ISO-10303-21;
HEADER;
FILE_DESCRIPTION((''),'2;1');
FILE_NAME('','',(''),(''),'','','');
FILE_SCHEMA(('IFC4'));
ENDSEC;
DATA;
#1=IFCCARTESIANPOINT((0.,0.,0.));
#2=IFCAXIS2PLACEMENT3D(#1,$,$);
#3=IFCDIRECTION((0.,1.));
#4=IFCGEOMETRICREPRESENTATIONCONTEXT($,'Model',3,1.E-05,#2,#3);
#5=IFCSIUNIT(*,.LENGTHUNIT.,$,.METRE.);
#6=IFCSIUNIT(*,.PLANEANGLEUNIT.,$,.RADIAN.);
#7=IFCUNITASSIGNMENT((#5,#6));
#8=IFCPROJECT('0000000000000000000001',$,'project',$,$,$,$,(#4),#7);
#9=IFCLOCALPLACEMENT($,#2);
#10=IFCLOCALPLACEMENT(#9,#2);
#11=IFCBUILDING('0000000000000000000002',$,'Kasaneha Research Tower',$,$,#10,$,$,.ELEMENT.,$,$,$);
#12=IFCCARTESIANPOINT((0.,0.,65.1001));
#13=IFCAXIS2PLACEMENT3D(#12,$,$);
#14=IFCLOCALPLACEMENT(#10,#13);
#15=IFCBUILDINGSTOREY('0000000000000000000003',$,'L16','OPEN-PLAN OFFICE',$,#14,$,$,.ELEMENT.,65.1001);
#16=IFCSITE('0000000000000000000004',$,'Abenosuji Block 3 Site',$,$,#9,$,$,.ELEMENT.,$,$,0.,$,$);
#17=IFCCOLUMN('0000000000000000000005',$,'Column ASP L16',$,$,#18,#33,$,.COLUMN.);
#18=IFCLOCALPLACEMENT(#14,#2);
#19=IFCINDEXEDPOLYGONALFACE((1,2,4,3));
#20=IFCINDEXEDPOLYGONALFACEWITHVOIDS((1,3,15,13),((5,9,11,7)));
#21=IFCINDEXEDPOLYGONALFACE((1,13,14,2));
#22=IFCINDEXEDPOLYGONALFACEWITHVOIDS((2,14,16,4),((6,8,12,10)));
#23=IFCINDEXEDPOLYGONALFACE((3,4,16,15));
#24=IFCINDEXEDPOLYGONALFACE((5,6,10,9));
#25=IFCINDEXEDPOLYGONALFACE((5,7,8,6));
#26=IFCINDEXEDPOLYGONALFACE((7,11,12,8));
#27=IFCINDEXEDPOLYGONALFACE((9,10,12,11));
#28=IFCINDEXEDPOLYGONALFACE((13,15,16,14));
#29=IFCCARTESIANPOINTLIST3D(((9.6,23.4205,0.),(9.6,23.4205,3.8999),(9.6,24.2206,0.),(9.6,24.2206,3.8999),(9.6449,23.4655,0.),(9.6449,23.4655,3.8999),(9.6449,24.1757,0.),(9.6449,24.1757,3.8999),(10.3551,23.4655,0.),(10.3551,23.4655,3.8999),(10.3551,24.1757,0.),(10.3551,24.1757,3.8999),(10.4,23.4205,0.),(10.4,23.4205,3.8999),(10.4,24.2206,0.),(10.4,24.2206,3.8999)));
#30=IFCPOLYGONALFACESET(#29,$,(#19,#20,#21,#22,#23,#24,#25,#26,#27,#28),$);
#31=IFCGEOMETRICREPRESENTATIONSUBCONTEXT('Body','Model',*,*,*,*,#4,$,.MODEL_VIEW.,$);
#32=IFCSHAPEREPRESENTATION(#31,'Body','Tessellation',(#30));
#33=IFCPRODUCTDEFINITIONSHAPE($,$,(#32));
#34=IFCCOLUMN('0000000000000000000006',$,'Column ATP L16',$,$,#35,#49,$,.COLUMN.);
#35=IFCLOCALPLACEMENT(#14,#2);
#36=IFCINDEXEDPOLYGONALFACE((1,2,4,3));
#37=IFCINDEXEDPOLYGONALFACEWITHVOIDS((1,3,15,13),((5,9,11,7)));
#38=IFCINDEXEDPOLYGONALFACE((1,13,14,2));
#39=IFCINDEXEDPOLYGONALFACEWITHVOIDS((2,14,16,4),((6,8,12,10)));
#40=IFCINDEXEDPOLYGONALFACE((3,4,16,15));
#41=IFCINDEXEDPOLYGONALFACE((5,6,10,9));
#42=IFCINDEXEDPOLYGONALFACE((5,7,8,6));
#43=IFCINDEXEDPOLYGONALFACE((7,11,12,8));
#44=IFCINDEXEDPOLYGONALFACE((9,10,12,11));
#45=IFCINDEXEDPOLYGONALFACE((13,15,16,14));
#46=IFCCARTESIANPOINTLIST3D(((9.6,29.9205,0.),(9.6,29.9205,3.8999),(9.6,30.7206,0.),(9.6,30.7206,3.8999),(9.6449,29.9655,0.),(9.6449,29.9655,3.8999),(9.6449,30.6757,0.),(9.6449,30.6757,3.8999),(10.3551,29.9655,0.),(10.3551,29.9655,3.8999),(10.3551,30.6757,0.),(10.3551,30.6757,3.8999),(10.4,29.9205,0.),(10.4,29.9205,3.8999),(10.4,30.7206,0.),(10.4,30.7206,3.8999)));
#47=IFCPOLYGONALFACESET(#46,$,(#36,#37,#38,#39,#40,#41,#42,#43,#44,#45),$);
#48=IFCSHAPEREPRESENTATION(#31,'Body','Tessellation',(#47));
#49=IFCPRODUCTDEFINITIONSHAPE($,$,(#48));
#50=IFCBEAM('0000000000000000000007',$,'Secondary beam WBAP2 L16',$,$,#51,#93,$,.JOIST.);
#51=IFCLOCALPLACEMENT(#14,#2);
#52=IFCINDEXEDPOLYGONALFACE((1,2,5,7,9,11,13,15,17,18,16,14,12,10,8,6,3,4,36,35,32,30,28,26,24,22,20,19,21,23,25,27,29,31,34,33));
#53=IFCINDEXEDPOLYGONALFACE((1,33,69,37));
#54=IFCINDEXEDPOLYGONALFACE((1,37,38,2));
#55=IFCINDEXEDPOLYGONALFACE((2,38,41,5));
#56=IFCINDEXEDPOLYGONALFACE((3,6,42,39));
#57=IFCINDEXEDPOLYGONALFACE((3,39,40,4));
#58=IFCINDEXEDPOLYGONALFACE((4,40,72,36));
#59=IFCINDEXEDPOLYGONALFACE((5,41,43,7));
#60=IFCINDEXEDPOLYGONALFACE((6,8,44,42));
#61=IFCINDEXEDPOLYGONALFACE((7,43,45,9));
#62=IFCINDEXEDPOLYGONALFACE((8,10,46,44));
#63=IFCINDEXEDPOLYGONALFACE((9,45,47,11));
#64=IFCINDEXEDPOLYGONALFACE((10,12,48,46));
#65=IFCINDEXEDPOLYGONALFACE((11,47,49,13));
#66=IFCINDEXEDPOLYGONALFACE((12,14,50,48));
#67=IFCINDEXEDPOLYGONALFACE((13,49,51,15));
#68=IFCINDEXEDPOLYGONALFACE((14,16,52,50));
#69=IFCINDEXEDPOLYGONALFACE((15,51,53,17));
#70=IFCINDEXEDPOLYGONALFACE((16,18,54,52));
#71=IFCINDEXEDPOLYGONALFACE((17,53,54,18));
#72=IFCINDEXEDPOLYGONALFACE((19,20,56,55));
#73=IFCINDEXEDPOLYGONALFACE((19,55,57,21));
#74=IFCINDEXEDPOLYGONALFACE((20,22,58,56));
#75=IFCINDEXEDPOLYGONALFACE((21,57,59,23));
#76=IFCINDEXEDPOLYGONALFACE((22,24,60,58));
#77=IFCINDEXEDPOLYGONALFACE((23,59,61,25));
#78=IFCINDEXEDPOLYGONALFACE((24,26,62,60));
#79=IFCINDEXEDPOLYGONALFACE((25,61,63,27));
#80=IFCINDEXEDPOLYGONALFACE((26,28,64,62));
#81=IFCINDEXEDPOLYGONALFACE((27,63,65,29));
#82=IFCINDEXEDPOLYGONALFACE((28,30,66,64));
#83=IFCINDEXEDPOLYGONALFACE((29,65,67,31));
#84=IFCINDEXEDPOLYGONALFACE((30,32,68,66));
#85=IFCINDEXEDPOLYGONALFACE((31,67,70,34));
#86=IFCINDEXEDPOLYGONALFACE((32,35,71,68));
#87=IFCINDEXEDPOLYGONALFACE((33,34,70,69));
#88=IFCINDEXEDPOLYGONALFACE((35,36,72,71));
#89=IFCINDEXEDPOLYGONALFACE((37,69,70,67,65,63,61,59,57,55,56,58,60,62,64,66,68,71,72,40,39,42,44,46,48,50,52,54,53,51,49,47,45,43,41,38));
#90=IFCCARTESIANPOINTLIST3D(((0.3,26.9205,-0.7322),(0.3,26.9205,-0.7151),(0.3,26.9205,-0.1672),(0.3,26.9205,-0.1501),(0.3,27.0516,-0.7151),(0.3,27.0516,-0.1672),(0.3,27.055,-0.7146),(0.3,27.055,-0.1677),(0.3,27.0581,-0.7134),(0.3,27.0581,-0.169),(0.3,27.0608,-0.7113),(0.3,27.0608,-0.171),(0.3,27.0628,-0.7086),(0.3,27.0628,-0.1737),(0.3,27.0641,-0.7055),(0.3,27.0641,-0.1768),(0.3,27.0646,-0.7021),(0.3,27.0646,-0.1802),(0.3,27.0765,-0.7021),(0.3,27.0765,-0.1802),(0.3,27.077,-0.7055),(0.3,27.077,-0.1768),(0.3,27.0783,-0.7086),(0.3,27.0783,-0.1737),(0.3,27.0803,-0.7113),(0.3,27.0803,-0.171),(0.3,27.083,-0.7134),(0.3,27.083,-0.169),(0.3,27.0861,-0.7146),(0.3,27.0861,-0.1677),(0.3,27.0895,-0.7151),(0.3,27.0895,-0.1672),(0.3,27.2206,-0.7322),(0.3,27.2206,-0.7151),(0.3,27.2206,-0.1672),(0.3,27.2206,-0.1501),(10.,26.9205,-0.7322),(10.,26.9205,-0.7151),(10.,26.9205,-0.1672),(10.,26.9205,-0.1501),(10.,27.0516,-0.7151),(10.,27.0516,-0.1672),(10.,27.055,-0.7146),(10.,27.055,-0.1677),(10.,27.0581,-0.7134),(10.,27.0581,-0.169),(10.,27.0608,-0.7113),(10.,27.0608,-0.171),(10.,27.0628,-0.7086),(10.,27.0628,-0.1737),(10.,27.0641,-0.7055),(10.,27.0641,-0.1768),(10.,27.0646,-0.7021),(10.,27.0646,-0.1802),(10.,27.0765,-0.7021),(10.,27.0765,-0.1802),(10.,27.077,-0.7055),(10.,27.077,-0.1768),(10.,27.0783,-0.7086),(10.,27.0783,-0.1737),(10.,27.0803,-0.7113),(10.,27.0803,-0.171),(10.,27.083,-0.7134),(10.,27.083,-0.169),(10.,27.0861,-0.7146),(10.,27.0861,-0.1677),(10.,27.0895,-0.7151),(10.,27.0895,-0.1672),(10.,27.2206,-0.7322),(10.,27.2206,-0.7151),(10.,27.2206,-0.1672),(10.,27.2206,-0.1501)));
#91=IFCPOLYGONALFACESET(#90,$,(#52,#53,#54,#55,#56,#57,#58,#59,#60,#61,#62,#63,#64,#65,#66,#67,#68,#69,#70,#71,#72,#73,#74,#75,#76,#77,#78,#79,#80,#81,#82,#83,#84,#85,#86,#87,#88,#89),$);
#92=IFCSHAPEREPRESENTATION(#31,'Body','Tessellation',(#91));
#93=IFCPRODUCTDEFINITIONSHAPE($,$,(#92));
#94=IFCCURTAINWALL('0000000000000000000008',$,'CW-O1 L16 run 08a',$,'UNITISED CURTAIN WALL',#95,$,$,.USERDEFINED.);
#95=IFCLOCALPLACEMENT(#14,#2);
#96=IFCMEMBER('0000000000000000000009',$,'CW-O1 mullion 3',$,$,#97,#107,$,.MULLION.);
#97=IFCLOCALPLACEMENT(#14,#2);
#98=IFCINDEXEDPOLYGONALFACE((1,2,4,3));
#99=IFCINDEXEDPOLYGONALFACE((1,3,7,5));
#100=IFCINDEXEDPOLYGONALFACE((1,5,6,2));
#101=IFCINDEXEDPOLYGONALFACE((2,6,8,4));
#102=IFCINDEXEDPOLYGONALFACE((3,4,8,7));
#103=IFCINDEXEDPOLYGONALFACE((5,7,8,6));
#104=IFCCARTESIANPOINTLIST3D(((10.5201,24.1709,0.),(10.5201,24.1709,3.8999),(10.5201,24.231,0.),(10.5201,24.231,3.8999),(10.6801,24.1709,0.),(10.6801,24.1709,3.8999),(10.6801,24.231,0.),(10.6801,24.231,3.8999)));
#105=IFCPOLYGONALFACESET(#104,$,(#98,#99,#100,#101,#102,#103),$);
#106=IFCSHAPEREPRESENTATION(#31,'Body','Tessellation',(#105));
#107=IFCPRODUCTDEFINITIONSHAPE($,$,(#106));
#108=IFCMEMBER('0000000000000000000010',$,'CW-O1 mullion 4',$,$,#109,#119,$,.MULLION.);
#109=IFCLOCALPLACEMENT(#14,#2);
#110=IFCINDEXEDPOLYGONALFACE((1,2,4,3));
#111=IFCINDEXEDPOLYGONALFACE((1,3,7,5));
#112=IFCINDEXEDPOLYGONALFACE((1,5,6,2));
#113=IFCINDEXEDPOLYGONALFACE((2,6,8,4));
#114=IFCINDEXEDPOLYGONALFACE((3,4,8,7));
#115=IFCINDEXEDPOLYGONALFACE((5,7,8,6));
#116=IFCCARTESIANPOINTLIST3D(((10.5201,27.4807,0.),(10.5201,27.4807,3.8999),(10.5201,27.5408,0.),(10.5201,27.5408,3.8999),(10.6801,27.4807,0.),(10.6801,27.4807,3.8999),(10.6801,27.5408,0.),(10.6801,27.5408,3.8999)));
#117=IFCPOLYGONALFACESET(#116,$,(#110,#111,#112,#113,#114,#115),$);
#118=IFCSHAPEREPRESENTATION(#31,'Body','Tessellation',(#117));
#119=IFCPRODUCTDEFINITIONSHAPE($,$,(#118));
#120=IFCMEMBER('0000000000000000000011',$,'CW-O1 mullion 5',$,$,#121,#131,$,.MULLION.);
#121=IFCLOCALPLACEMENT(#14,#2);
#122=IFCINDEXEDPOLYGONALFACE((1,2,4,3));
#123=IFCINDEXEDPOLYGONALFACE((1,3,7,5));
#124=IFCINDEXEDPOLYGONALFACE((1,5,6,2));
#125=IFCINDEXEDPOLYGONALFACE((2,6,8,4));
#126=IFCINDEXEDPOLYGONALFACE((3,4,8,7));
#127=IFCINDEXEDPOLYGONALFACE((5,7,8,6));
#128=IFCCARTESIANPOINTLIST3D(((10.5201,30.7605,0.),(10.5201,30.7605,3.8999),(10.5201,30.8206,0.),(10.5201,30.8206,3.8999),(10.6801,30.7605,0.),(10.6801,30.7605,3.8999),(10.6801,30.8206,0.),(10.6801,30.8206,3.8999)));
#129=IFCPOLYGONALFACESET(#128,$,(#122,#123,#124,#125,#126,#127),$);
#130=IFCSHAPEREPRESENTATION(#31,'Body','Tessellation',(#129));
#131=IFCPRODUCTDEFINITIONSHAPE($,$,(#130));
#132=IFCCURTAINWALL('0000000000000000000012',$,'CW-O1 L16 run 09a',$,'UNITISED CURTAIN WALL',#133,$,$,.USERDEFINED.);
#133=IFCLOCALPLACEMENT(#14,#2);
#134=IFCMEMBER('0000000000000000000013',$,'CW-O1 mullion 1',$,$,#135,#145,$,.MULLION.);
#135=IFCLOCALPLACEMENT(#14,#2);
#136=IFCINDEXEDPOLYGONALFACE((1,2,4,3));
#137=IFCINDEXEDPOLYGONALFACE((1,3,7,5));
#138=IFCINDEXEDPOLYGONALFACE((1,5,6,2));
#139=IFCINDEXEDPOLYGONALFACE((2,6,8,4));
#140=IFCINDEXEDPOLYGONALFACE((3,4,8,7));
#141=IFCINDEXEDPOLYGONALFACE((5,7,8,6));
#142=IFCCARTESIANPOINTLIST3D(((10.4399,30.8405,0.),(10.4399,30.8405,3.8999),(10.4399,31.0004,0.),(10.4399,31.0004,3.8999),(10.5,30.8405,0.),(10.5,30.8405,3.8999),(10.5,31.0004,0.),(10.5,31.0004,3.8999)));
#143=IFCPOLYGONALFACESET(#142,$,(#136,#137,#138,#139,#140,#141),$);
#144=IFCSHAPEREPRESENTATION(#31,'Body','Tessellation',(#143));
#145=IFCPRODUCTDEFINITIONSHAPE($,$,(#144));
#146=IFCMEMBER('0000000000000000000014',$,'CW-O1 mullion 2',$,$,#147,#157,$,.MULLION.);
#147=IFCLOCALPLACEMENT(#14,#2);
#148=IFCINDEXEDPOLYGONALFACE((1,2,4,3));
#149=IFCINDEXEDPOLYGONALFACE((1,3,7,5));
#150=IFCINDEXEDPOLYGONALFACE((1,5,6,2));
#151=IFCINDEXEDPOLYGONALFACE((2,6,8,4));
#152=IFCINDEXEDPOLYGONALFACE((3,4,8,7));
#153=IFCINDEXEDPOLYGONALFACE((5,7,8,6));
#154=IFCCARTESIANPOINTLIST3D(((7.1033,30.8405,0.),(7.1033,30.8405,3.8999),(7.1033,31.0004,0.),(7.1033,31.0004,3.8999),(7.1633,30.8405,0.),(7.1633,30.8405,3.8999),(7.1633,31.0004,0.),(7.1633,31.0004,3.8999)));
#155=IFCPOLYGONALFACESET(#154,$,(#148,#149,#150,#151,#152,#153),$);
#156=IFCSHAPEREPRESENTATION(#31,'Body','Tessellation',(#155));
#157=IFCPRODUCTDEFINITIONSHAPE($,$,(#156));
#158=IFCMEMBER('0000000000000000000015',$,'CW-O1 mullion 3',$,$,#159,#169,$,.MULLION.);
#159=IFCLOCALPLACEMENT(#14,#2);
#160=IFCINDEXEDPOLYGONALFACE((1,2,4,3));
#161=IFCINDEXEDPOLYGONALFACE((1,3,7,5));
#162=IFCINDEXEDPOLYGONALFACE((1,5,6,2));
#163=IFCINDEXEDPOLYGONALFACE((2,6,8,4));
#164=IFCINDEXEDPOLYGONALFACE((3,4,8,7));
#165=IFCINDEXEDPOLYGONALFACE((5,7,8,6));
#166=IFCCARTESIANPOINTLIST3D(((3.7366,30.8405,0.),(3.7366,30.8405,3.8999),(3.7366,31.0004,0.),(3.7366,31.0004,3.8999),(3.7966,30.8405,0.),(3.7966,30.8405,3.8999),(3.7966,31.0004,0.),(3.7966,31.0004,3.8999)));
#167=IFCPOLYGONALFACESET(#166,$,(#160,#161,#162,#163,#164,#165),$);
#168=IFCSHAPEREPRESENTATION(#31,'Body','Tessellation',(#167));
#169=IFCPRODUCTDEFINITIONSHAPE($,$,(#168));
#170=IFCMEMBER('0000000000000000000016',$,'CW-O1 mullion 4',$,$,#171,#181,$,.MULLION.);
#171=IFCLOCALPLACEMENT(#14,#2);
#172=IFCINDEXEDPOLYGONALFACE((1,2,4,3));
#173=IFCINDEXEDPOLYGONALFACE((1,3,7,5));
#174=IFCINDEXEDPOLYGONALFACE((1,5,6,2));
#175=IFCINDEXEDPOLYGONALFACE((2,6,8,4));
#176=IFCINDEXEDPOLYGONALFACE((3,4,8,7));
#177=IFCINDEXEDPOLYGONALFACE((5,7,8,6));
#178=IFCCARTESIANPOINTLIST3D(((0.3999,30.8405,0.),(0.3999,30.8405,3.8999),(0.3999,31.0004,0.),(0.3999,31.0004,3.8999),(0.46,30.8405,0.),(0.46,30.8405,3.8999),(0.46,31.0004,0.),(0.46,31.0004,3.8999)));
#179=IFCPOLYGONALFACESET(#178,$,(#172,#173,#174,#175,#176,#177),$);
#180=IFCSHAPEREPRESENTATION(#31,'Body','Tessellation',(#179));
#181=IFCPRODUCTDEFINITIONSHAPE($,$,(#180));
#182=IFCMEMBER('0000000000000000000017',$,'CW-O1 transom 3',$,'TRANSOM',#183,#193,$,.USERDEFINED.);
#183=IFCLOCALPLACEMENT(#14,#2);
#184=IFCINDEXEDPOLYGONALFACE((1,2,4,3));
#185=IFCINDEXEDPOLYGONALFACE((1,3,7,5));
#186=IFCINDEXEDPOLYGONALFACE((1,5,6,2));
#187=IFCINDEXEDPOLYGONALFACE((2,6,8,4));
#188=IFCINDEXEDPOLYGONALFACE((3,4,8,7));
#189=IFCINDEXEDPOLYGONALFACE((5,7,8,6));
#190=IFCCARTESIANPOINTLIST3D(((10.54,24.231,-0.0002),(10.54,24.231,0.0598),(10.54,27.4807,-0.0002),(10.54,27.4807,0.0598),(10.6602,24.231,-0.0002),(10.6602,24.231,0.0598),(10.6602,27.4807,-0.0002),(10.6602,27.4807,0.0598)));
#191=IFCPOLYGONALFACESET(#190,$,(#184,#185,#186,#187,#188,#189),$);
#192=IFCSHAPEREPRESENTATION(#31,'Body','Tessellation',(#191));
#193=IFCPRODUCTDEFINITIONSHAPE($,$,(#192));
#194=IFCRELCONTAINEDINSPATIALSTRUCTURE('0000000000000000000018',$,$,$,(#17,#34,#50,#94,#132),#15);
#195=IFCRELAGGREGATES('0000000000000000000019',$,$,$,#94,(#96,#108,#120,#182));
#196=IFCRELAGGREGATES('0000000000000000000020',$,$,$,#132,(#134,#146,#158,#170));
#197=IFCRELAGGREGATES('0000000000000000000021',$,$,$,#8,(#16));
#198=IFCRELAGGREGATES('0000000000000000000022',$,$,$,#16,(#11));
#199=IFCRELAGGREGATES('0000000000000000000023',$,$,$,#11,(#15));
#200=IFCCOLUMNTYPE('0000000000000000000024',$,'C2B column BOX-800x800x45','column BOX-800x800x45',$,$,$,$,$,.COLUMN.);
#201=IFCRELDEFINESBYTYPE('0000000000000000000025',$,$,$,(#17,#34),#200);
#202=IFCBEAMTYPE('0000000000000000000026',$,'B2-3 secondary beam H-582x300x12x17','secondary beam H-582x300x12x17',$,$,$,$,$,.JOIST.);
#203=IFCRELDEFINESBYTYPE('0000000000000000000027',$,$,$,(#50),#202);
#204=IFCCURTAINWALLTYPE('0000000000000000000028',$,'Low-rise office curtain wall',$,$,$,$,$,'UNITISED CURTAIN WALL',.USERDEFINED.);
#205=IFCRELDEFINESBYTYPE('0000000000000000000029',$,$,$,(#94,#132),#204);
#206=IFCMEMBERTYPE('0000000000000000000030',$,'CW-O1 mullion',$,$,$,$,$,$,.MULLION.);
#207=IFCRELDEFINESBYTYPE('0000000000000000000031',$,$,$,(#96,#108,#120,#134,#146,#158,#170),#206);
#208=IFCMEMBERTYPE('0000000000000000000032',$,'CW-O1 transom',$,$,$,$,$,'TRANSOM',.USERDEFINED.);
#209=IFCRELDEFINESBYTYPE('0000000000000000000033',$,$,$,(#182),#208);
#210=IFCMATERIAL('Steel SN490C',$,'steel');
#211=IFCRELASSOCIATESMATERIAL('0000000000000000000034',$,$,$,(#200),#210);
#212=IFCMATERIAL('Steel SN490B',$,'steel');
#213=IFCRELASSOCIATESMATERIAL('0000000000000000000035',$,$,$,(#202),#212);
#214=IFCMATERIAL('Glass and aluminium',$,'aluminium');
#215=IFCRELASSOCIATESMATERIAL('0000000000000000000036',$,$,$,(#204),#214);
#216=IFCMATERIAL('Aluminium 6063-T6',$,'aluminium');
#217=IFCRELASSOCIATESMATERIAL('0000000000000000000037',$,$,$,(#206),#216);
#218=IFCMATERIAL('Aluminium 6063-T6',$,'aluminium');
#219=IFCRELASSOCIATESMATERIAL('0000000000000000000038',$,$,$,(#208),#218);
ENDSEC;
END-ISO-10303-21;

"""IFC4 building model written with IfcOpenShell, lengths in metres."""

from ifc_helpers import new_model, si_unit, direction, frame, origin, origin_2d, place, context, subcontext, project, spatial, rectangle, hollow_rectangle, i_section, extrude, material, material_profile, profile_set, type_object, element, aggregate, save


model = new_model("IFC4")

# Units and contexts
model_context = context("Model", 3, precision=1e-05, world=origin(), true_north=direction((0.0, 1.0)))
body_context = subcontext(model_context, "Body", "Model", "MODEL_VIEW")
ifc_project = project(units=[si_unit("LENGTHUNIT", "METRE"), si_unit("PLANEANGLEUNIT", "RADIAN")], contexts=[model_context])

# Site, building, storey
site_placement = place(None, origin())
site = spatial("IfcSite", under=ifc_project, at=site_placement, Name="Abenosuji Block 3 Site", CompositionType="ELEMENT", RefElevation=0.0)
building_placement = place(site_placement, origin())
building = spatial("IfcBuilding", under=site, at=building_placement, Name="Kasaneha Research Tower", CompositionType="ELEMENT")
storey_placement = place(building_placement, frame((0.0, 0.0, 65.1001)))
storey = spatial("IfcBuildingStorey", under=building, at=storey_placement, Name="L16", Description="OPEN-PLAN OFFICE", CompositionType="ELEMENT", Elevation=65.1001)

# Columns
ifc_material_1 = material(Name="Steel SN490C", Category="steel")
ifc_material_profile_1 = material_profile(ifc_material_1, hollow_rectangle(XDim=0.8, YDim=0.8, WallThickness=0.0449, at=origin_2d()), Name="BOX-800x800x45")
ifc_profile_set_1 = profile_set([ifc_material_profile_1], Name="Steel SN490C")
column_type = type_object("IfcColumnType", Name="C2B column BOX-800x800x45", Description="column BOX-800x800x45", PredefinedType="COLUMN", material=ifc_profile_set_1)
for number, where, z_axis, x_axis, name in (
    (1, (10.0, 23.8206, 0.0), (0.0, 0.0, 1.0), (1.0, 0.0, 0.0), "Column ASP L16"),
    (2, (10.0, 30.3206, 0.0), (0.0, 0.0, 1.0), (1.0, 0.0, 0.0), "Column ATP L16"),
):
    element("IfcColumn", number, at=place(storey_placement, frame(where, z_axis=z_axis, x_axis=x_axis)), inside=storey, type_object=column_type, Name=name, PredefinedType="COLUMN", context=body_context, shape_type="SweptSolid", body=[
        extrude(hollow_rectangle(XDim=0.8, YDim=0.8, WallThickness=0.0449, at=origin_2d()), origin(), (0.0, 0.0, 1.0), 3.8999),
    ])

# Beam
ifc_material_2 = material(Name="Steel SN490B", Category="steel")
ifc_material_profile_2 = material_profile(ifc_material_2, i_section(OverallWidth=0.3, OverallDepth=0.582, WebThickness=0.012, FlangeThickness=0.0171, FilletRadius=0.0129, at=origin_2d()), Name="H-582x300x12x17")
ifc_profile_set_2 = profile_set([ifc_material_profile_2], Name="Steel SN490B")
beam_type_1 = type_object("IfcBeamType", Name="B2-3 secondary beam H-582x300x12x17", Description="secondary beam H-582x300x12x17", PredefinedType="JOIST", material=ifc_profile_set_2)
beam_1_placement = place(storey_placement, frame((10.0, 27.0706, -0.4412), z_axis=(-1.0, 0.0, 0.0), x_axis=(0.0, -1.0, 0.0)))
element("IfcBeam", 3, at=beam_1_placement, inside=storey, type_object=beam_type_1, Name="Secondary beam WBAP2 L16", PredefinedType="JOIST", context=body_context, shape_type="SweptSolid", body=[
    extrude(i_section(OverallWidth=0.3, OverallDepth=0.582, WebThickness=0.012, FlangeThickness=0.0171, FilletRadius=0.0129, at=origin_2d()), origin(), (0.0, 0.0, 1.0), 9.7),
])

# Curtain walls, members
ifc_material_3 = material(Name="Glass and aluminium", Category="aluminium")
curtain_wall_type = type_object("IfcCurtainWallType", Name="Low-rise office curtain wall", ElementType="UNITISED CURTAIN WALL", PredefinedType="USERDEFINED", material=ifc_material_3)
curtain_wall_1_placement = place(storey_placement, origin())
curtain_wall_1 = element("IfcCurtainWall", 4, at=curtain_wall_1_placement, inside=storey, type_object=curtain_wall_type, Name="CW-O1 L16 run 08a", ObjectType="UNITISED CURTAIN WALL", PredefinedType="USERDEFINED")
ifc_material_4 = material(Name="Aluminium 6063-T6", Category="aluminium")
ifc_material_profile_3 = material_profile(ifc_material_4, rectangle(XDim=0.0601, YDim=0.1599, at=origin_2d()), Name="CW-O1 mullion 60x160")
ifc_profile_set_3 = profile_set([ifc_material_profile_3], Name="Aluminium 6063-T6")
member_type_1 = type_object("IfcMemberType", Name="CW-O1 mullion", PredefinedType="MULLION", material=ifc_profile_set_3)
member_1_placement = place(storey_placement, frame((10.6001, 24.2009, 0.0), z_axis=(0.0, 0.0, 1.0), x_axis=(0.0, 1.0, 0.0)))
member_1 = element("IfcMember", 5, at=member_1_placement, type_object=member_type_1, Name="CW-O1 mullion 3", PredefinedType="MULLION", context=body_context, shape_type="SweptSolid", body=[
    extrude(rectangle(XDim=0.0601, YDim=0.1599, at=origin_2d()), origin(), (0.0, 0.0, 1.0), 3.8999),
])
member_2_placement = place(storey_placement, frame((10.6001, 27.5107, 0.0), z_axis=(0.0, 0.0, 1.0), x_axis=(0.0, 1.0, 0.0)))
member_2 = element("IfcMember", 6, at=member_2_placement, type_object=member_type_1, Name="CW-O1 mullion 4", PredefinedType="MULLION", context=body_context, shape_type="SweptSolid", body=[
    extrude(rectangle(XDim=0.0601, YDim=0.1599, at=origin_2d()), origin(), (0.0, 0.0, 1.0), 3.8999),
])
member_3_placement = place(storey_placement, frame((10.6001, 30.7905, 0.0), z_axis=(0.0, 0.0, 1.0), x_axis=(0.0, 1.0, 0.0)))
member_3 = element("IfcMember", 7, at=member_3_placement, type_object=member_type_1, Name="CW-O1 mullion 5", PredefinedType="MULLION", context=body_context, shape_type="SweptSolid", body=[
    extrude(rectangle(XDim=0.0601, YDim=0.1599, at=origin_2d()), origin(), (0.0, 0.0, 1.0), 3.8999),
])
curtain_wall_2_placement = place(storey_placement, origin())
curtain_wall_2 = element("IfcCurtainWall", 8, at=curtain_wall_2_placement, inside=storey, type_object=curtain_wall_type, Name="CW-O1 L16 run 09a", ObjectType="UNITISED CURTAIN WALL", PredefinedType="USERDEFINED")
member_4_placement = place(storey_placement, frame((10.47, 30.9204, 0.0), z_axis=(0.0, 0.0, 1.0), x_axis=(-1.0, 0.0, 0.0)))
member_4 = element("IfcMember", 9, at=member_4_placement, type_object=member_type_1, Name="CW-O1 mullion 1", PredefinedType="MULLION", context=body_context, shape_type="SweptSolid", body=[
    extrude(rectangle(XDim=0.0601, YDim=0.1599, at=origin_2d()), origin(), (0.0, 0.0, 1.0), 3.8999),
])
member_5_placement = place(storey_placement, frame((7.1333, 30.9204, 0.0), z_axis=(0.0, 0.0, 1.0), x_axis=(-1.0, 0.0, 0.0)))
member_5 = element("IfcMember", 10, at=member_5_placement, type_object=member_type_1, Name="CW-O1 mullion 2", PredefinedType="MULLION", context=body_context, shape_type="SweptSolid", body=[
    extrude(rectangle(XDim=0.0601, YDim=0.1599, at=origin_2d()), origin(), (0.0, 0.0, 1.0), 3.8999),
])
member_6_placement = place(storey_placement, frame((3.7666, 30.9204, 0.0), z_axis=(0.0, 0.0, 1.0), x_axis=(-1.0, 0.0, 0.0)))
member_6 = element("IfcMember", 11, at=member_6_placement, type_object=member_type_1, Name="CW-O1 mullion 3", PredefinedType="MULLION", context=body_context, shape_type="SweptSolid", body=[
    extrude(rectangle(XDim=0.0601, YDim=0.1599, at=origin_2d()), origin(), (0.0, 0.0, 1.0), 3.8999),
])
member_7_placement = place(storey_placement, frame((0.4299, 30.9204, 0.0), z_axis=(0.0, 0.0, 1.0), x_axis=(-1.0, 0.0, 0.0)))
member_7 = element("IfcMember", 12, at=member_7_placement, type_object=member_type_1, Name="CW-O1 mullion 4", PredefinedType="MULLION", context=body_context, shape_type="SweptSolid", body=[
    extrude(rectangle(XDim=0.0601, YDim=0.1599, at=origin_2d()), origin(), (0.0, 0.0, 1.0), 3.8999),
])

# Member
ifc_material_5 = material(Name="Aluminium 6063-T6", Category="aluminium")
ifc_material_profile_4 = material_profile(ifc_material_5, rectangle(XDim=0.1201, YDim=0.0601, at=origin_2d()), Name="CW-O1 transom 120x60")
ifc_profile_set_4 = profile_set([ifc_material_profile_4], Name="Aluminium 6063-T6")
member_type_2 = type_object("IfcMemberType", Name="CW-O1 transom", ElementType="TRANSOM", PredefinedType="USERDEFINED", material=ifc_profile_set_4)
member_8_placement = place(storey_placement, frame((10.6001, 24.231, 0.0298), z_axis=(0.0, 1.0, 0.0), x_axis=(-1.0, 0.0, 0.0)))
member_8 = element("IfcMember", 13, at=member_8_placement, type_object=member_type_2, Name="CW-O1 transom 3", ObjectType="TRANSOM", PredefinedType="USERDEFINED", context=body_context, shape_type="SweptSolid", body=[
    extrude(rectangle(XDim=0.1201, YDim=0.0601, at=origin_2d()), origin(), (0.0, 0.0, 1.0), 3.2498),
])

aggregate(curtain_wall_1, [member_1, member_2, member_3, member_8])
aggregate(curtain_wall_2, [member_4, member_5, member_6, member_7])

save(model, "model.ifc")
